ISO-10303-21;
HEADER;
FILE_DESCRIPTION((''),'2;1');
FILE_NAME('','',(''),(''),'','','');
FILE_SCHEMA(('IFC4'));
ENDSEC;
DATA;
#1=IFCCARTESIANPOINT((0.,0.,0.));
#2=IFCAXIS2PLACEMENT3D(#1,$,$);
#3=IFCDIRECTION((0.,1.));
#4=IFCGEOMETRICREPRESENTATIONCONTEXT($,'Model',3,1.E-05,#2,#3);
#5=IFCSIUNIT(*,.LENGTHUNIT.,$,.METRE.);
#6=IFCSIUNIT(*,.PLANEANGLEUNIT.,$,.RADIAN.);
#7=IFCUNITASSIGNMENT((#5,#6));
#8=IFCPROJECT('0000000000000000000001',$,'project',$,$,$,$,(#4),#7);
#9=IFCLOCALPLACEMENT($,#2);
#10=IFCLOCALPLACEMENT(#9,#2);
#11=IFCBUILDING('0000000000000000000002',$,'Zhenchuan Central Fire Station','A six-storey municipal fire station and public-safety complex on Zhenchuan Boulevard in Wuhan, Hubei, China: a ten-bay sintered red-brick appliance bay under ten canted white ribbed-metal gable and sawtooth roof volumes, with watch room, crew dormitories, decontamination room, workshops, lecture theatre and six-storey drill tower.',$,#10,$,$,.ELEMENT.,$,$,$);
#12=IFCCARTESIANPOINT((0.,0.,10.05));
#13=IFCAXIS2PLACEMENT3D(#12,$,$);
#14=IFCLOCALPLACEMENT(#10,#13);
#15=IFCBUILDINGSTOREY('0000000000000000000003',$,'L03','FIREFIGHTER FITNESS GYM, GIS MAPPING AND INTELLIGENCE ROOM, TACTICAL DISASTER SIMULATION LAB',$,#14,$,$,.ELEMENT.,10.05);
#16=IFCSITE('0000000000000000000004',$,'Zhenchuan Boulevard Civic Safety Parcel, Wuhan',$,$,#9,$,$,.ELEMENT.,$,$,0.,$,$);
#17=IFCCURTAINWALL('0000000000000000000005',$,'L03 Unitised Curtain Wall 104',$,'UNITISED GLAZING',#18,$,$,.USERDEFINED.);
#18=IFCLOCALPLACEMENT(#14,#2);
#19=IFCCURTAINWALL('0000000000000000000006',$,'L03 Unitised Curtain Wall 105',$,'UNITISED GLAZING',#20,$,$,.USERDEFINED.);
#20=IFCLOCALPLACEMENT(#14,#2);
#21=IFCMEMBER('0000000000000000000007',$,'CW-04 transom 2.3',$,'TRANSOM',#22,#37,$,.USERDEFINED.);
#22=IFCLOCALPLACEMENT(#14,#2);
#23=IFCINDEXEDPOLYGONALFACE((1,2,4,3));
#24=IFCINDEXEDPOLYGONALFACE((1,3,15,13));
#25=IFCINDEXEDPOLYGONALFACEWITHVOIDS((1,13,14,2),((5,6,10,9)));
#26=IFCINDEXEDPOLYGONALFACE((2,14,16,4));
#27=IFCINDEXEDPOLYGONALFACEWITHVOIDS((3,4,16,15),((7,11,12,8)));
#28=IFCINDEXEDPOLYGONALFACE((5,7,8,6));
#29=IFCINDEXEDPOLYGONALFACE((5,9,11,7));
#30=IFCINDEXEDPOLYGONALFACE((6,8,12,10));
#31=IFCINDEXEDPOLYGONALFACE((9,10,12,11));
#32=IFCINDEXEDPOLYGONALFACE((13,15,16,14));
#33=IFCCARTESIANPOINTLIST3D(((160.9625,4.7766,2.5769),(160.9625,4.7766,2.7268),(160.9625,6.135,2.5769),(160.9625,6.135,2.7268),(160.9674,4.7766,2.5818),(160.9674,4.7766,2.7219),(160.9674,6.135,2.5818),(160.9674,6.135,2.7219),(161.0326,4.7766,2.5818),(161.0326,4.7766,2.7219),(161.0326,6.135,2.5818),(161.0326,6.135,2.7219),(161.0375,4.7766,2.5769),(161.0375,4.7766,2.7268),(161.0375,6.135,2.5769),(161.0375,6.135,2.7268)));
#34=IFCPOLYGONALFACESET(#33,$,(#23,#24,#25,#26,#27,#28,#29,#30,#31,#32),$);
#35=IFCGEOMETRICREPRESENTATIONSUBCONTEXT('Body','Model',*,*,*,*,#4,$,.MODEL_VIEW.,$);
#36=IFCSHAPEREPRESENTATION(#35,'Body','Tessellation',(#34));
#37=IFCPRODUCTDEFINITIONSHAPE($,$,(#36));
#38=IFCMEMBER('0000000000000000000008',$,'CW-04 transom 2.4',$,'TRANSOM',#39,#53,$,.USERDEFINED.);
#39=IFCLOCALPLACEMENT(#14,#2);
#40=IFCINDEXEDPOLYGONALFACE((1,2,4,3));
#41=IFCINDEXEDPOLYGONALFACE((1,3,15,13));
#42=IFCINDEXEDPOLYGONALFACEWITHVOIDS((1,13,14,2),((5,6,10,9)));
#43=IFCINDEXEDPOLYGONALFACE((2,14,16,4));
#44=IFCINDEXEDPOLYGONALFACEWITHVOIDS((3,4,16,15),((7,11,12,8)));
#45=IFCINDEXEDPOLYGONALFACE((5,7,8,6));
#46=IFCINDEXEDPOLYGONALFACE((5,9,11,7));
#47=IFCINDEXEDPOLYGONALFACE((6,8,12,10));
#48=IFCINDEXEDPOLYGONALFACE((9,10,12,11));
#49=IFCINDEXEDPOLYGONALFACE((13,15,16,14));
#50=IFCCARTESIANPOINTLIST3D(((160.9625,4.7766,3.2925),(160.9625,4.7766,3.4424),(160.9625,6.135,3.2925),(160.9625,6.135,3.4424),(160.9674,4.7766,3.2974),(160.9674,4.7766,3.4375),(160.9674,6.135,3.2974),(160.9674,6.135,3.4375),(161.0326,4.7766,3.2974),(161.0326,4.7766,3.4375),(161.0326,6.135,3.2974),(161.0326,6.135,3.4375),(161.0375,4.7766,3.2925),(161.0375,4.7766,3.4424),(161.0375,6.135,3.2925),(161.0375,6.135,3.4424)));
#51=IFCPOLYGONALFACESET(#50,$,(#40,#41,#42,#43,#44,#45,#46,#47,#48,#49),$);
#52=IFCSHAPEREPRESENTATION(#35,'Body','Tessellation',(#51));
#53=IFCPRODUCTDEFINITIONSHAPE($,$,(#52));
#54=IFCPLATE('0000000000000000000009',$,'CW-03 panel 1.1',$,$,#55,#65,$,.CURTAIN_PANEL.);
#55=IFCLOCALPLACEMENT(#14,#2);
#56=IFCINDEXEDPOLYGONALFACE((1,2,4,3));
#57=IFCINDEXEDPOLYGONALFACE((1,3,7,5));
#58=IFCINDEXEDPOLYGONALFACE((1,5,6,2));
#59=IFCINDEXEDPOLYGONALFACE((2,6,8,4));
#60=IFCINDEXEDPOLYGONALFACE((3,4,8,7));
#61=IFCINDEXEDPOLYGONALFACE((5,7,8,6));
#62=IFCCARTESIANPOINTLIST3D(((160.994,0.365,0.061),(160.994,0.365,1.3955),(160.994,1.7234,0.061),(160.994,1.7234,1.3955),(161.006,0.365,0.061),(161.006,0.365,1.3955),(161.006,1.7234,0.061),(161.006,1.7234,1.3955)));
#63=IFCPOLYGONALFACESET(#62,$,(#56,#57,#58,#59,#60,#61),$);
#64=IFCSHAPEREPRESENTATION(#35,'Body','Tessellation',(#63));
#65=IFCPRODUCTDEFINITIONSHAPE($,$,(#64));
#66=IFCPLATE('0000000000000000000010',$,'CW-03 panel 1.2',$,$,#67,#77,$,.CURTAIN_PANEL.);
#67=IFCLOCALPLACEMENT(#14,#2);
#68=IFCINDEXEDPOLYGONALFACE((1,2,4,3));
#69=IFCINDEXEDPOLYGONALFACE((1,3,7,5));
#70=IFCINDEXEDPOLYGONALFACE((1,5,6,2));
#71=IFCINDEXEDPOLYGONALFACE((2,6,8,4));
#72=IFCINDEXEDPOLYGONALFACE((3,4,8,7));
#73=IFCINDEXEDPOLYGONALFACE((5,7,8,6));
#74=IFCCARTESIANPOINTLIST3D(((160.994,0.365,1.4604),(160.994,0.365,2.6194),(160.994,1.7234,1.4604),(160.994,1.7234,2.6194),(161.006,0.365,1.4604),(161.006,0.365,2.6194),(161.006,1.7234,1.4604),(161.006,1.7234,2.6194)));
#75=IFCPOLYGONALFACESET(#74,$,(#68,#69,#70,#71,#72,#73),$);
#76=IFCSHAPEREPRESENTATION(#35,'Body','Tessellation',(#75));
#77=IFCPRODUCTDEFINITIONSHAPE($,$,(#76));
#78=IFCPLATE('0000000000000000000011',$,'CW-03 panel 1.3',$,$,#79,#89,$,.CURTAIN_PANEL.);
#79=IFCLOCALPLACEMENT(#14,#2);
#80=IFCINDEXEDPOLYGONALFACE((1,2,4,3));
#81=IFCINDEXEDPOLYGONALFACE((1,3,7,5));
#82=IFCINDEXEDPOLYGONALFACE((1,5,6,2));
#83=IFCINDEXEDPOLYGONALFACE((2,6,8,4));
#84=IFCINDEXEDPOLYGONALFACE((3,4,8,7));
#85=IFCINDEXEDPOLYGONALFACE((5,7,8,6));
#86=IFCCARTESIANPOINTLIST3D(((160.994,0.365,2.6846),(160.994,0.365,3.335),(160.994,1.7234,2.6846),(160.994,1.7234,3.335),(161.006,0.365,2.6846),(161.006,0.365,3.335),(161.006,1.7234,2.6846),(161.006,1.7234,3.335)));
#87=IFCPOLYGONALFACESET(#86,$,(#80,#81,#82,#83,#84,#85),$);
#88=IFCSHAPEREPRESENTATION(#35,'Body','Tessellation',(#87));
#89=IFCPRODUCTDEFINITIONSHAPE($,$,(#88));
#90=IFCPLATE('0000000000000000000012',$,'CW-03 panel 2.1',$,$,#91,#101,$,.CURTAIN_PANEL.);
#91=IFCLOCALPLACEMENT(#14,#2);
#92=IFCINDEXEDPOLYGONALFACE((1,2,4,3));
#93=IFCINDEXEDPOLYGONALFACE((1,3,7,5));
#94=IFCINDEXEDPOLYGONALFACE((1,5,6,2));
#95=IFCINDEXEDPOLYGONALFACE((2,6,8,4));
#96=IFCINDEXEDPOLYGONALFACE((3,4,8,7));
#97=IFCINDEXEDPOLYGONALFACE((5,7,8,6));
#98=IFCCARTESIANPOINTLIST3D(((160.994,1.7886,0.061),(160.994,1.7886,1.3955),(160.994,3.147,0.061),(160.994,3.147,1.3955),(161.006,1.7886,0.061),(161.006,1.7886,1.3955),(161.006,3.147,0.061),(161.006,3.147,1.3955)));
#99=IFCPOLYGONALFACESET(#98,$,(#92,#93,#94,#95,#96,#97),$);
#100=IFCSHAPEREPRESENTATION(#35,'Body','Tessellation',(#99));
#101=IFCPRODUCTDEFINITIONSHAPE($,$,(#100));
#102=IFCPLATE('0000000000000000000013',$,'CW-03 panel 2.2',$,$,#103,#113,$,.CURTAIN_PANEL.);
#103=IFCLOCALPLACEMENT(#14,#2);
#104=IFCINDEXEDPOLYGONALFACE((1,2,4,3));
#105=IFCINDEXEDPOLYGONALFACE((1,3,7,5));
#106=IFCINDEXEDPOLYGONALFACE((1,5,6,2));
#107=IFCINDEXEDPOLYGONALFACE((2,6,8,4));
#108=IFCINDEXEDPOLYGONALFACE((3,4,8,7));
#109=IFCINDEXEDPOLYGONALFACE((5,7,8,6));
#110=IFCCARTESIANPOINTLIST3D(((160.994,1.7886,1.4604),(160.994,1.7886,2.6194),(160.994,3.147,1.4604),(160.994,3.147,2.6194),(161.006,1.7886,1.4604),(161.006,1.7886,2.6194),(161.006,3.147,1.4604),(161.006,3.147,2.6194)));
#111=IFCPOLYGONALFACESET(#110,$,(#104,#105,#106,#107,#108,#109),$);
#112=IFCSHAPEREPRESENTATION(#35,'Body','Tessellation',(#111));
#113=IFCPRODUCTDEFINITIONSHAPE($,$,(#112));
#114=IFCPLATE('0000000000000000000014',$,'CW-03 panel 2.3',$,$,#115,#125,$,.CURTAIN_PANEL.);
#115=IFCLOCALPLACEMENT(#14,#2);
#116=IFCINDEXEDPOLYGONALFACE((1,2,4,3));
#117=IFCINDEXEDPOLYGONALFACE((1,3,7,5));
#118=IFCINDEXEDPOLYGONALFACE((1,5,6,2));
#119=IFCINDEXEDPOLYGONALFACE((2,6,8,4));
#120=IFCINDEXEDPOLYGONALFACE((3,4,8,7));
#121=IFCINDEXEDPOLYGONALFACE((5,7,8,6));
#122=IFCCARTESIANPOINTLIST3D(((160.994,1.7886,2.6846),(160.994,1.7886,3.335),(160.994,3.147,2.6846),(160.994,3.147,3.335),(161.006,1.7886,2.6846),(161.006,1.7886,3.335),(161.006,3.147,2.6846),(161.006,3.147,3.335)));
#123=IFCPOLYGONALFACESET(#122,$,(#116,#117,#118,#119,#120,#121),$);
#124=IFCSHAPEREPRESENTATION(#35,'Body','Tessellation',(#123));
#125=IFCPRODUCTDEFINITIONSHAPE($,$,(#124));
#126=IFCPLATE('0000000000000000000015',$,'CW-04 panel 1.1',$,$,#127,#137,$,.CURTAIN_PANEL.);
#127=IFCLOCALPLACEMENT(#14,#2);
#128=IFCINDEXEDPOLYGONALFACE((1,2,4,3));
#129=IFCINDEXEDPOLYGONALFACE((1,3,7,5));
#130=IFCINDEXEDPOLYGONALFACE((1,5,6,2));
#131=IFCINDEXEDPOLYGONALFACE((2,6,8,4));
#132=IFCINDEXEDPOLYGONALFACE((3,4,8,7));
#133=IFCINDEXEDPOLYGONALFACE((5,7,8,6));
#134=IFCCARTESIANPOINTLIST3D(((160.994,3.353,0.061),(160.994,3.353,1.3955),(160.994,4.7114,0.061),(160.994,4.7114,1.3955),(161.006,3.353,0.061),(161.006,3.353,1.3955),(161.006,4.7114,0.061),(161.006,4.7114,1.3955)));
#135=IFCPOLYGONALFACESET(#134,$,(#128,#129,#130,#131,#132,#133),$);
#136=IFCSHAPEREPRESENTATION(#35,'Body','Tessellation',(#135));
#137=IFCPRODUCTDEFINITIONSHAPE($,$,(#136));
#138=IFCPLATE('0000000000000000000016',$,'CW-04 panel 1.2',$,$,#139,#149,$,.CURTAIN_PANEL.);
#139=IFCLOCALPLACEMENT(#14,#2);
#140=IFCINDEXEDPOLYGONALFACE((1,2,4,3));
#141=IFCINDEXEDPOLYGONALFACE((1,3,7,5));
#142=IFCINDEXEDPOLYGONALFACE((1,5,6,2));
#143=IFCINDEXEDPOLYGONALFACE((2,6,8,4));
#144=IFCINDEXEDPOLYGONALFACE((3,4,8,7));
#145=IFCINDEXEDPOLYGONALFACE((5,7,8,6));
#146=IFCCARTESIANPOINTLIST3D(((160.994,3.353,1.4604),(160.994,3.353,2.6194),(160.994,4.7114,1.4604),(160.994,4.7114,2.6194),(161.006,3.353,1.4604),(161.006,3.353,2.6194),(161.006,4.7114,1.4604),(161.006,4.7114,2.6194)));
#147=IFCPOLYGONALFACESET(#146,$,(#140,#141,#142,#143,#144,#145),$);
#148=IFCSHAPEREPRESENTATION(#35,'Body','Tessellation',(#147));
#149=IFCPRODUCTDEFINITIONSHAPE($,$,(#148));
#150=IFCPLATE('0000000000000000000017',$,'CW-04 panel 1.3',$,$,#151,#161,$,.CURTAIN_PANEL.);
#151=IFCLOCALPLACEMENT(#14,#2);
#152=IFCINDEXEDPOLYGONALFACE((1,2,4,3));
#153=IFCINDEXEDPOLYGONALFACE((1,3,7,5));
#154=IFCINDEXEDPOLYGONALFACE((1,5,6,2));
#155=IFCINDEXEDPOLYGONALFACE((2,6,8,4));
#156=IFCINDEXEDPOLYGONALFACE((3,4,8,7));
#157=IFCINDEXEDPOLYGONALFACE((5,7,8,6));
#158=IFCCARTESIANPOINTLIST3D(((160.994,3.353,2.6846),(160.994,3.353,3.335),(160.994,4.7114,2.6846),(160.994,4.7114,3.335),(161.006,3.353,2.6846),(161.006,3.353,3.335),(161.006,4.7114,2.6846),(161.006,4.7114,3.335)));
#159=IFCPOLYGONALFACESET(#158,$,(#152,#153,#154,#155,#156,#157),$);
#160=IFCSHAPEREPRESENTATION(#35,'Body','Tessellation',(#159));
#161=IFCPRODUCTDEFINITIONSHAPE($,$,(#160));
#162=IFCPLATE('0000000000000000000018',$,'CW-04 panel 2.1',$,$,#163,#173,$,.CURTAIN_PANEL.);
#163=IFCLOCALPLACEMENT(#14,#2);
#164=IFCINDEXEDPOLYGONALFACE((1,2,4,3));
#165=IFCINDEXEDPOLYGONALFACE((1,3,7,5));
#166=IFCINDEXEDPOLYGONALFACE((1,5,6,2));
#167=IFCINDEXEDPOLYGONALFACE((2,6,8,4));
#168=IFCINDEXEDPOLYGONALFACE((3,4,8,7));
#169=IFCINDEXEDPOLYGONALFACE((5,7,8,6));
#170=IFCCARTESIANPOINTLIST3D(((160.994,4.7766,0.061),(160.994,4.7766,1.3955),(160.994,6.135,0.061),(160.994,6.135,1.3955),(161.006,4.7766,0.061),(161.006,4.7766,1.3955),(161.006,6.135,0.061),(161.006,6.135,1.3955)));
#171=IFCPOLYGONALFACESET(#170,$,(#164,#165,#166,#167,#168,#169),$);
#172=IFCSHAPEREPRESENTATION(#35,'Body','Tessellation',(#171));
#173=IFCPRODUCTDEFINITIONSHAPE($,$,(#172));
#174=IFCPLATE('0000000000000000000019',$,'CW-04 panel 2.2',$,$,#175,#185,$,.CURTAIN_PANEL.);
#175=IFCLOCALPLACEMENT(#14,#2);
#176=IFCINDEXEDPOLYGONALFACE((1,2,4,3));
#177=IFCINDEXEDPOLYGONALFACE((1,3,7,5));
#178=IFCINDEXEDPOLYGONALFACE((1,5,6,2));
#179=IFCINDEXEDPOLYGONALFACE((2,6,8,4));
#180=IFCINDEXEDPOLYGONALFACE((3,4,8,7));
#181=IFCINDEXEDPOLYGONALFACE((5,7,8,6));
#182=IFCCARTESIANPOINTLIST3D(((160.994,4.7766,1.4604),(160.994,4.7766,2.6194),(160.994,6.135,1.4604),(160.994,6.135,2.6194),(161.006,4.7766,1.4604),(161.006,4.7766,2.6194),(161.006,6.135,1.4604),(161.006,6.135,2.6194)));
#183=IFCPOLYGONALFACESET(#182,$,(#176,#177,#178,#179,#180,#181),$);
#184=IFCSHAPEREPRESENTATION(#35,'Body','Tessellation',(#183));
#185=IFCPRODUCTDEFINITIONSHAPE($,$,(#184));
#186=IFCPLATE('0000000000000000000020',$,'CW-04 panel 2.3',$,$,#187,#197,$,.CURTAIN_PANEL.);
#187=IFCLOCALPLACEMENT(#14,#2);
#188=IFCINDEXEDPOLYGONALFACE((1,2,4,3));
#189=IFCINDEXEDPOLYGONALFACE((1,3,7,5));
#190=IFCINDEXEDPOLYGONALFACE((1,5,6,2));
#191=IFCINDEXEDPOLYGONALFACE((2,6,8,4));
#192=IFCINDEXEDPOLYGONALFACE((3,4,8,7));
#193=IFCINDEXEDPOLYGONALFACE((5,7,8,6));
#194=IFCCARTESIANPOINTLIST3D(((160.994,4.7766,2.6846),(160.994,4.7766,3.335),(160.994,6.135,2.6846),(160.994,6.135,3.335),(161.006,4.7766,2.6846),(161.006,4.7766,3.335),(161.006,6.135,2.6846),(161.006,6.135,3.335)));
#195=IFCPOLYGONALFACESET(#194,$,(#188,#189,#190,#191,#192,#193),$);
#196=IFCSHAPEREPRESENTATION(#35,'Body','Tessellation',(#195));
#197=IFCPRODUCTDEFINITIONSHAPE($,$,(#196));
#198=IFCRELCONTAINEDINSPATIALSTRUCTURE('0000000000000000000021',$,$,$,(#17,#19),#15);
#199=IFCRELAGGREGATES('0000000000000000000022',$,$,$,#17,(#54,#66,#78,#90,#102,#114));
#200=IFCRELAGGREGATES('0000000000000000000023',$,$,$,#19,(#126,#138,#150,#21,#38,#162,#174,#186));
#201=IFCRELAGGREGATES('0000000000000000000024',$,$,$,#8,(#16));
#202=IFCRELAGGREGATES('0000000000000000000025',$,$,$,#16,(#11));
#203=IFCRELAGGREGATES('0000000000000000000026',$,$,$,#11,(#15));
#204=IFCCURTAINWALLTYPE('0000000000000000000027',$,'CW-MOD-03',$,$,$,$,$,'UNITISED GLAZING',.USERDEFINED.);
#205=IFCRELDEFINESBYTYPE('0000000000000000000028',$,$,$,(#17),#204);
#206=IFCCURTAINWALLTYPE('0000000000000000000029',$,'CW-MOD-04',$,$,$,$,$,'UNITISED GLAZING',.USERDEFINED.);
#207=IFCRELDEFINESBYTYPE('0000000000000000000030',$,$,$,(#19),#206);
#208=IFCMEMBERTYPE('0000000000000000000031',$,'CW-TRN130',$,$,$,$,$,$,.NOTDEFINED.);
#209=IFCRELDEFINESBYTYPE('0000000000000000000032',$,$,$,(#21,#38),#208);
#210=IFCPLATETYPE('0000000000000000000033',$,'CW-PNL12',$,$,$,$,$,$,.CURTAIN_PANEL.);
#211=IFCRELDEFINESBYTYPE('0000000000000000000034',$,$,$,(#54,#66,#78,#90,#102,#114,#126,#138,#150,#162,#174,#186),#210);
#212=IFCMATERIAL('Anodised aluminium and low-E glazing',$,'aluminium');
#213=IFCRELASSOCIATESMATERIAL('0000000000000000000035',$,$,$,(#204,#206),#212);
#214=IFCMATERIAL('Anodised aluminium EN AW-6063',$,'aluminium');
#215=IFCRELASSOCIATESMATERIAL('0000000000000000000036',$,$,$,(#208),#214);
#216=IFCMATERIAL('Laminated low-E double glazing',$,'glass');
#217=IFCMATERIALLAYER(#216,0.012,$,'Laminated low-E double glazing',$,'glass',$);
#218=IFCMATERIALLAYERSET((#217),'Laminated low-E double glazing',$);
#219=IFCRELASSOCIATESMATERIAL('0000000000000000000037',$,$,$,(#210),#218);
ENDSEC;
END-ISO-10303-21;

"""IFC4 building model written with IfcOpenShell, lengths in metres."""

from ifc_helpers import new_model, si_unit, direction, frame, origin, origin_2d, place, context, subcontext, project, spatial, rectangle, hollow_rectangle, extrude, material, layer, layer_set, material_profile, profile_set, type_object, element, aggregate, save


model = new_model("IFC4")

# Units and contexts
model_context = context("Model", 3, precision=1e-05, world=origin(), true_north=direction((0.0, 1.0)))
body_context = subcontext(model_context, "Body", "Model", "MODEL_VIEW")
ifc_project = project(units=[si_unit("LENGTHUNIT", "METRE"), si_unit("PLANEANGLEUNIT", "RADIAN")], contexts=[model_context])

# Site, building, storey
site_placement = place(None, origin())
site = spatial("IfcSite", under=ifc_project, at=site_placement, Name="Zhenchuan Boulevard Civic Safety Parcel, Wuhan", CompositionType="ELEMENT", RefElevation=0.0)
building_placement = place(site_placement, origin())
building = spatial("IfcBuilding", under=site, at=building_placement, Name="Zhenchuan Central Fire Station", Description="A six-storey municipal fire station and public-safety complex on Zhenchuan Boulevard in Wuhan, Hubei, China: a ten-bay sintered red-brick appliance bay under ten canted white ribbed-metal gable and sawtooth roof volumes, with watch room, crew dormitories, decontamination room, workshops, lecture theatre and six-storey drill tower.", CompositionType="ELEMENT")
storey_placement = place(building_placement, frame((0.0, 0.0, 10.05)))
storey = spatial("IfcBuildingStorey", under=building, at=storey_placement, Name="L03", Description="FIREFIGHTER FITNESS GYM, GIS MAPPING AND INTELLIGENCE ROOM, TACTICAL DISASTER SIMULATION LAB", CompositionType="ELEMENT", Elevation=10.05)

# Curtain walls
ifc_material_1 = material(Name="Anodised aluminium and low-E glazing", Category="aluminium")
curtain_wall_type_1 = type_object("IfcCurtainWallType", Name="CW-MOD-03", ElementType="UNITISED GLAZING", PredefinedType="USERDEFINED", material=ifc_material_1)
curtain_wall_1_placement = place(storey_placement, origin())
curtain_wall_1 = element("IfcCurtainWall", 1, at=curtain_wall_1_placement, inside=storey, type_object=curtain_wall_type_1, Name="L03 Unitised Curtain Wall 104", ObjectType="UNITISED GLAZING", PredefinedType="USERDEFINED")
ifc_material_2 = material(Name="Anodised aluminium EN AW-6063", Category="aluminium")
curtain_wall_type_2 = type_object("IfcCurtainWallType", Name="CW-MOD-04", ElementType="UNITISED GLAZING", PredefinedType="USERDEFINED", material=ifc_material_1)
curtain_wall_2_placement = place(storey_placement, origin())
curtain_wall_2 = element("IfcCurtainWall", 2, at=curtain_wall_2_placement, inside=storey, type_object=curtain_wall_type_2, Name="L03 Unitised Curtain Wall 105", ObjectType="UNITISED GLAZING", PredefinedType="USERDEFINED")

# Members
ifc_material_profile_1 = material_profile(ifc_material_2, hollow_rectangle(XDim=0.075, YDim=0.1499, WallThickness=0.0049, at=origin_2d()), Name="ALU-T 150x75")
ifc_profile_set_1 = profile_set([ifc_material_profile_1], Name="Anodised aluminium EN AW-6063")
member_type_1 = type_object("IfcMemberType", Name="CW-TRN130", PredefinedType="NOTDEFINED", material=ifc_profile_set_1)
member_1_placement = place(storey_placement, frame((161.0, 4.7766, 2.6519), z_axis=(0.0, 1.0, 0.0), x_axis=(-1.0, 0.0, 0.0)))
member_1 = element("IfcMember", 3, at=member_1_placement, type_object=member_type_1, Name="CW-04 transom 2.3", ObjectType="TRANSOM", PredefinedType="USERDEFINED", context=body_context, shape_type="SweptSolid", body=[
    extrude(hollow_rectangle(XDim=0.075, YDim=0.1499, WallThickness=0.0049, at=origin_2d()), origin(), (0.0, 0.0, 1.0), 1.3584),
])
member_2_placement = place(storey_placement, frame((161.0, 4.7766, 3.3674), z_axis=(0.0, 1.0, 0.0), x_axis=(-1.0, 0.0, 0.0)))
member_2 = element("IfcMember", 4, at=member_2_placement, type_object=member_type_1, Name="CW-04 transom 2.4", ObjectType="TRANSOM", PredefinedType="USERDEFINED", context=body_context, shape_type="SweptSolid", body=[
    extrude(hollow_rectangle(XDim=0.075, YDim=0.1499, WallThickness=0.0049, at=origin_2d()), origin(), (0.0, 0.0, 1.0), 1.3584),
])

# Plates
ifc_material_3 = material(Name="Laminated low-E double glazing", Category="glass")
ifc_layer = layer(ifc_material_3, 0.012, Name="Laminated low-E double glazing", Category="glass")
ifc_layer_set = layer_set([ifc_layer], Name="Laminated low-E double glazing")
plate_type = type_object("IfcPlateType", Name="CW-PNL12", PredefinedType="CURTAIN_PANEL", material=ifc_layer_set)
plate_1_placement = place(storey_placement, frame((161.0, 1.0442, 0.061), z_axis=(0.0, 0.0, 1.0), x_axis=(0.0, 1.0, 0.0)))
plate_1 = element("IfcPlate", 5, at=plate_1_placement, type_object=plate_type, Name="CW-03 panel 1.1", PredefinedType="CURTAIN_PANEL", context=body_context, shape_type="SweptSolid", body=[
    extrude(rectangle(XDim=1.3584, YDim=0.012, at=origin_2d()), origin(), (0.0, 0.0, 1.0), 1.3345),
])
plate_2_placement = place(storey_placement, frame((161.0, 1.0442, 1.4604), z_axis=(0.0, 0.0, 1.0), x_axis=(0.0, 1.0, 0.0)))
plate_2 = element("IfcPlate", 6, at=plate_2_placement, type_object=plate_type, Name="CW-03 panel 1.2", PredefinedType="CURTAIN_PANEL", context=body_context, shape_type="SweptSolid", body=[
    extrude(rectangle(XDim=1.3584, YDim=0.012, at=origin_2d()), origin(), (0.0, 0.0, 1.0), 1.1589),
])
plate_3_placement = place(storey_placement, frame((161.0, 1.0442, 2.6846), z_axis=(0.0, 0.0, 1.0), x_axis=(0.0, 1.0, 0.0)))
plate_3 = element("IfcPlate", 7, at=plate_3_placement, type_object=plate_type, Name="CW-03 panel 1.3", PredefinedType="CURTAIN_PANEL", context=body_context, shape_type="SweptSolid", body=[
    extrude(rectangle(XDim=1.3584, YDim=0.012, at=origin_2d()), origin(), (0.0, 0.0, 1.0), 0.6504),
])
plate_4_placement = place(storey_placement, frame((161.0, 2.4678, 0.061), z_axis=(0.0, 0.0, 1.0), x_axis=(0.0, 1.0, 0.0)))
plate_4 = element("IfcPlate", 8, at=plate_4_placement, type_object=plate_type, Name="CW-03 panel 2.1", PredefinedType="CURTAIN_PANEL", context=body_context, shape_type="SweptSolid", body=[
    extrude(rectangle(XDim=1.3584, YDim=0.012, at=origin_2d()), origin(), (0.0, 0.0, 1.0), 1.3345),
])
plate_5_placement = place(storey_placement, frame((161.0, 2.4678, 1.4604), z_axis=(0.0, 0.0, 1.0), x_axis=(0.0, 1.0, 0.0)))
plate_5 = element("IfcPlate", 9, at=plate_5_placement, type_object=plate_type, Name="CW-03 panel 2.2", PredefinedType="CURTAIN_PANEL", context=body_context, shape_type="SweptSolid", body=[
    extrude(rectangle(XDim=1.3584, YDim=0.012, at=origin_2d()), origin(), (0.0, 0.0, 1.0), 1.1589),
])
plate_6_placement = place(storey_placement, frame((161.0, 2.4678, 2.6846), z_axis=(0.0, 0.0, 1.0), x_axis=(0.0, 1.0, 0.0)))
plate_6 = element("IfcPlate", 10, at=plate_6_placement, type_object=plate_type, Name="CW-03 panel 2.3", PredefinedType="CURTAIN_PANEL", context=body_context, shape_type="SweptSolid", body=[
    extrude(rectangle(XDim=1.3584, YDim=0.012, at=origin_2d()), origin(), (0.0, 0.0, 1.0), 0.6504),
])
aggregate(curtain_wall_1, [plate_1, plate_2, plate_3, plate_4, plate_5, plate_6])
plate_7_placement = place(storey_placement, frame((161.0, 4.0322, 0.061), z_axis=(0.0, 0.0, 1.0), x_axis=(0.0, 1.0, 0.0)))
plate_7 = element("IfcPlate", 11, at=plate_7_placement, type_object=plate_type, Name="CW-04 panel 1.1", PredefinedType="CURTAIN_PANEL", context=body_context, shape_type="SweptSolid", body=[
    extrude(rectangle(XDim=1.3584, YDim=0.012, at=origin_2d()), origin(), (0.0, 0.0, 1.0), 1.3345),
])
plate_8_placement = place(storey_placement, frame((161.0, 4.0322, 1.4604), z_axis=(0.0, 0.0, 1.0), x_axis=(0.0, 1.0, 0.0)))
plate_8 = element("IfcPlate", 12, at=plate_8_placement, type_object=plate_type, Name="CW-04 panel 1.2", PredefinedType="CURTAIN_PANEL", context=body_context, shape_type="SweptSolid", body=[
    extrude(rectangle(XDim=1.3584, YDim=0.012, at=origin_2d()), origin(), (0.0, 0.0, 1.0), 1.1589),
])
plate_9_placement = place(storey_placement, frame((161.0, 4.0322, 2.6846), z_axis=(0.0, 0.0, 1.0), x_axis=(0.0, 1.0, 0.0)))
plate_9 = element("IfcPlate", 13, at=plate_9_placement, type_object=plate_type, Name="CW-04 panel 1.3", PredefinedType="CURTAIN_PANEL", context=body_context, shape_type="SweptSolid", body=[
    extrude(rectangle(XDim=1.3584, YDim=0.012, at=origin_2d()), origin(), (0.0, 0.0, 1.0), 0.6504),
])
plate_10_placement = place(storey_placement, frame((161.0, 5.4558, 0.061), z_axis=(0.0, 0.0, 1.0), x_axis=(0.0, 1.0, 0.0)))
plate_10 = element("IfcPlate", 14, at=plate_10_placement, type_object=plate_type, Name="CW-04 panel 2.1", PredefinedType="CURTAIN_PANEL", context=body_context, shape_type="SweptSolid", body=[
    extrude(rectangle(XDim=1.3584, YDim=0.012, at=origin_2d()), origin(), (0.0, 0.0, 1.0), 1.3345),
])
plate_11_placement = place(storey_placement, frame((161.0, 5.4558, 1.4604), z_axis=(0.0, 0.0, 1.0), x_axis=(0.0, 1.0, 0.0)))
plate_11 = element("IfcPlate", 15, at=plate_11_placement, type_object=plate_type, Name="CW-04 panel 2.2", PredefinedType="CURTAIN_PANEL", context=body_context, shape_type="SweptSolid", body=[
    extrude(rectangle(XDim=1.3584, YDim=0.012, at=origin_2d()), origin(), (0.0, 0.0, 1.0), 1.1589),
])
plate_12_placement = place(storey_placement, frame((161.0, 5.4558, 2.6846), z_axis=(0.0, 0.0, 1.0), x_axis=(0.0, 1.0, 0.0)))
plate_12 = element("IfcPlate", 16, at=plate_12_placement, type_object=plate_type, Name="CW-04 panel 2.3", PredefinedType="CURTAIN_PANEL", context=body_context, shape_type="SweptSolid", body=[
    extrude(rectangle(XDim=1.3584, YDim=0.012, at=origin_2d()), origin(), (0.0, 0.0, 1.0), 0.6504),
])
aggregate(curtain_wall_2, [plate_7, plate_8, plate_9, member_1, member_2, plate_10, plate_11, plate_12])

save(model, "model.ifc")
